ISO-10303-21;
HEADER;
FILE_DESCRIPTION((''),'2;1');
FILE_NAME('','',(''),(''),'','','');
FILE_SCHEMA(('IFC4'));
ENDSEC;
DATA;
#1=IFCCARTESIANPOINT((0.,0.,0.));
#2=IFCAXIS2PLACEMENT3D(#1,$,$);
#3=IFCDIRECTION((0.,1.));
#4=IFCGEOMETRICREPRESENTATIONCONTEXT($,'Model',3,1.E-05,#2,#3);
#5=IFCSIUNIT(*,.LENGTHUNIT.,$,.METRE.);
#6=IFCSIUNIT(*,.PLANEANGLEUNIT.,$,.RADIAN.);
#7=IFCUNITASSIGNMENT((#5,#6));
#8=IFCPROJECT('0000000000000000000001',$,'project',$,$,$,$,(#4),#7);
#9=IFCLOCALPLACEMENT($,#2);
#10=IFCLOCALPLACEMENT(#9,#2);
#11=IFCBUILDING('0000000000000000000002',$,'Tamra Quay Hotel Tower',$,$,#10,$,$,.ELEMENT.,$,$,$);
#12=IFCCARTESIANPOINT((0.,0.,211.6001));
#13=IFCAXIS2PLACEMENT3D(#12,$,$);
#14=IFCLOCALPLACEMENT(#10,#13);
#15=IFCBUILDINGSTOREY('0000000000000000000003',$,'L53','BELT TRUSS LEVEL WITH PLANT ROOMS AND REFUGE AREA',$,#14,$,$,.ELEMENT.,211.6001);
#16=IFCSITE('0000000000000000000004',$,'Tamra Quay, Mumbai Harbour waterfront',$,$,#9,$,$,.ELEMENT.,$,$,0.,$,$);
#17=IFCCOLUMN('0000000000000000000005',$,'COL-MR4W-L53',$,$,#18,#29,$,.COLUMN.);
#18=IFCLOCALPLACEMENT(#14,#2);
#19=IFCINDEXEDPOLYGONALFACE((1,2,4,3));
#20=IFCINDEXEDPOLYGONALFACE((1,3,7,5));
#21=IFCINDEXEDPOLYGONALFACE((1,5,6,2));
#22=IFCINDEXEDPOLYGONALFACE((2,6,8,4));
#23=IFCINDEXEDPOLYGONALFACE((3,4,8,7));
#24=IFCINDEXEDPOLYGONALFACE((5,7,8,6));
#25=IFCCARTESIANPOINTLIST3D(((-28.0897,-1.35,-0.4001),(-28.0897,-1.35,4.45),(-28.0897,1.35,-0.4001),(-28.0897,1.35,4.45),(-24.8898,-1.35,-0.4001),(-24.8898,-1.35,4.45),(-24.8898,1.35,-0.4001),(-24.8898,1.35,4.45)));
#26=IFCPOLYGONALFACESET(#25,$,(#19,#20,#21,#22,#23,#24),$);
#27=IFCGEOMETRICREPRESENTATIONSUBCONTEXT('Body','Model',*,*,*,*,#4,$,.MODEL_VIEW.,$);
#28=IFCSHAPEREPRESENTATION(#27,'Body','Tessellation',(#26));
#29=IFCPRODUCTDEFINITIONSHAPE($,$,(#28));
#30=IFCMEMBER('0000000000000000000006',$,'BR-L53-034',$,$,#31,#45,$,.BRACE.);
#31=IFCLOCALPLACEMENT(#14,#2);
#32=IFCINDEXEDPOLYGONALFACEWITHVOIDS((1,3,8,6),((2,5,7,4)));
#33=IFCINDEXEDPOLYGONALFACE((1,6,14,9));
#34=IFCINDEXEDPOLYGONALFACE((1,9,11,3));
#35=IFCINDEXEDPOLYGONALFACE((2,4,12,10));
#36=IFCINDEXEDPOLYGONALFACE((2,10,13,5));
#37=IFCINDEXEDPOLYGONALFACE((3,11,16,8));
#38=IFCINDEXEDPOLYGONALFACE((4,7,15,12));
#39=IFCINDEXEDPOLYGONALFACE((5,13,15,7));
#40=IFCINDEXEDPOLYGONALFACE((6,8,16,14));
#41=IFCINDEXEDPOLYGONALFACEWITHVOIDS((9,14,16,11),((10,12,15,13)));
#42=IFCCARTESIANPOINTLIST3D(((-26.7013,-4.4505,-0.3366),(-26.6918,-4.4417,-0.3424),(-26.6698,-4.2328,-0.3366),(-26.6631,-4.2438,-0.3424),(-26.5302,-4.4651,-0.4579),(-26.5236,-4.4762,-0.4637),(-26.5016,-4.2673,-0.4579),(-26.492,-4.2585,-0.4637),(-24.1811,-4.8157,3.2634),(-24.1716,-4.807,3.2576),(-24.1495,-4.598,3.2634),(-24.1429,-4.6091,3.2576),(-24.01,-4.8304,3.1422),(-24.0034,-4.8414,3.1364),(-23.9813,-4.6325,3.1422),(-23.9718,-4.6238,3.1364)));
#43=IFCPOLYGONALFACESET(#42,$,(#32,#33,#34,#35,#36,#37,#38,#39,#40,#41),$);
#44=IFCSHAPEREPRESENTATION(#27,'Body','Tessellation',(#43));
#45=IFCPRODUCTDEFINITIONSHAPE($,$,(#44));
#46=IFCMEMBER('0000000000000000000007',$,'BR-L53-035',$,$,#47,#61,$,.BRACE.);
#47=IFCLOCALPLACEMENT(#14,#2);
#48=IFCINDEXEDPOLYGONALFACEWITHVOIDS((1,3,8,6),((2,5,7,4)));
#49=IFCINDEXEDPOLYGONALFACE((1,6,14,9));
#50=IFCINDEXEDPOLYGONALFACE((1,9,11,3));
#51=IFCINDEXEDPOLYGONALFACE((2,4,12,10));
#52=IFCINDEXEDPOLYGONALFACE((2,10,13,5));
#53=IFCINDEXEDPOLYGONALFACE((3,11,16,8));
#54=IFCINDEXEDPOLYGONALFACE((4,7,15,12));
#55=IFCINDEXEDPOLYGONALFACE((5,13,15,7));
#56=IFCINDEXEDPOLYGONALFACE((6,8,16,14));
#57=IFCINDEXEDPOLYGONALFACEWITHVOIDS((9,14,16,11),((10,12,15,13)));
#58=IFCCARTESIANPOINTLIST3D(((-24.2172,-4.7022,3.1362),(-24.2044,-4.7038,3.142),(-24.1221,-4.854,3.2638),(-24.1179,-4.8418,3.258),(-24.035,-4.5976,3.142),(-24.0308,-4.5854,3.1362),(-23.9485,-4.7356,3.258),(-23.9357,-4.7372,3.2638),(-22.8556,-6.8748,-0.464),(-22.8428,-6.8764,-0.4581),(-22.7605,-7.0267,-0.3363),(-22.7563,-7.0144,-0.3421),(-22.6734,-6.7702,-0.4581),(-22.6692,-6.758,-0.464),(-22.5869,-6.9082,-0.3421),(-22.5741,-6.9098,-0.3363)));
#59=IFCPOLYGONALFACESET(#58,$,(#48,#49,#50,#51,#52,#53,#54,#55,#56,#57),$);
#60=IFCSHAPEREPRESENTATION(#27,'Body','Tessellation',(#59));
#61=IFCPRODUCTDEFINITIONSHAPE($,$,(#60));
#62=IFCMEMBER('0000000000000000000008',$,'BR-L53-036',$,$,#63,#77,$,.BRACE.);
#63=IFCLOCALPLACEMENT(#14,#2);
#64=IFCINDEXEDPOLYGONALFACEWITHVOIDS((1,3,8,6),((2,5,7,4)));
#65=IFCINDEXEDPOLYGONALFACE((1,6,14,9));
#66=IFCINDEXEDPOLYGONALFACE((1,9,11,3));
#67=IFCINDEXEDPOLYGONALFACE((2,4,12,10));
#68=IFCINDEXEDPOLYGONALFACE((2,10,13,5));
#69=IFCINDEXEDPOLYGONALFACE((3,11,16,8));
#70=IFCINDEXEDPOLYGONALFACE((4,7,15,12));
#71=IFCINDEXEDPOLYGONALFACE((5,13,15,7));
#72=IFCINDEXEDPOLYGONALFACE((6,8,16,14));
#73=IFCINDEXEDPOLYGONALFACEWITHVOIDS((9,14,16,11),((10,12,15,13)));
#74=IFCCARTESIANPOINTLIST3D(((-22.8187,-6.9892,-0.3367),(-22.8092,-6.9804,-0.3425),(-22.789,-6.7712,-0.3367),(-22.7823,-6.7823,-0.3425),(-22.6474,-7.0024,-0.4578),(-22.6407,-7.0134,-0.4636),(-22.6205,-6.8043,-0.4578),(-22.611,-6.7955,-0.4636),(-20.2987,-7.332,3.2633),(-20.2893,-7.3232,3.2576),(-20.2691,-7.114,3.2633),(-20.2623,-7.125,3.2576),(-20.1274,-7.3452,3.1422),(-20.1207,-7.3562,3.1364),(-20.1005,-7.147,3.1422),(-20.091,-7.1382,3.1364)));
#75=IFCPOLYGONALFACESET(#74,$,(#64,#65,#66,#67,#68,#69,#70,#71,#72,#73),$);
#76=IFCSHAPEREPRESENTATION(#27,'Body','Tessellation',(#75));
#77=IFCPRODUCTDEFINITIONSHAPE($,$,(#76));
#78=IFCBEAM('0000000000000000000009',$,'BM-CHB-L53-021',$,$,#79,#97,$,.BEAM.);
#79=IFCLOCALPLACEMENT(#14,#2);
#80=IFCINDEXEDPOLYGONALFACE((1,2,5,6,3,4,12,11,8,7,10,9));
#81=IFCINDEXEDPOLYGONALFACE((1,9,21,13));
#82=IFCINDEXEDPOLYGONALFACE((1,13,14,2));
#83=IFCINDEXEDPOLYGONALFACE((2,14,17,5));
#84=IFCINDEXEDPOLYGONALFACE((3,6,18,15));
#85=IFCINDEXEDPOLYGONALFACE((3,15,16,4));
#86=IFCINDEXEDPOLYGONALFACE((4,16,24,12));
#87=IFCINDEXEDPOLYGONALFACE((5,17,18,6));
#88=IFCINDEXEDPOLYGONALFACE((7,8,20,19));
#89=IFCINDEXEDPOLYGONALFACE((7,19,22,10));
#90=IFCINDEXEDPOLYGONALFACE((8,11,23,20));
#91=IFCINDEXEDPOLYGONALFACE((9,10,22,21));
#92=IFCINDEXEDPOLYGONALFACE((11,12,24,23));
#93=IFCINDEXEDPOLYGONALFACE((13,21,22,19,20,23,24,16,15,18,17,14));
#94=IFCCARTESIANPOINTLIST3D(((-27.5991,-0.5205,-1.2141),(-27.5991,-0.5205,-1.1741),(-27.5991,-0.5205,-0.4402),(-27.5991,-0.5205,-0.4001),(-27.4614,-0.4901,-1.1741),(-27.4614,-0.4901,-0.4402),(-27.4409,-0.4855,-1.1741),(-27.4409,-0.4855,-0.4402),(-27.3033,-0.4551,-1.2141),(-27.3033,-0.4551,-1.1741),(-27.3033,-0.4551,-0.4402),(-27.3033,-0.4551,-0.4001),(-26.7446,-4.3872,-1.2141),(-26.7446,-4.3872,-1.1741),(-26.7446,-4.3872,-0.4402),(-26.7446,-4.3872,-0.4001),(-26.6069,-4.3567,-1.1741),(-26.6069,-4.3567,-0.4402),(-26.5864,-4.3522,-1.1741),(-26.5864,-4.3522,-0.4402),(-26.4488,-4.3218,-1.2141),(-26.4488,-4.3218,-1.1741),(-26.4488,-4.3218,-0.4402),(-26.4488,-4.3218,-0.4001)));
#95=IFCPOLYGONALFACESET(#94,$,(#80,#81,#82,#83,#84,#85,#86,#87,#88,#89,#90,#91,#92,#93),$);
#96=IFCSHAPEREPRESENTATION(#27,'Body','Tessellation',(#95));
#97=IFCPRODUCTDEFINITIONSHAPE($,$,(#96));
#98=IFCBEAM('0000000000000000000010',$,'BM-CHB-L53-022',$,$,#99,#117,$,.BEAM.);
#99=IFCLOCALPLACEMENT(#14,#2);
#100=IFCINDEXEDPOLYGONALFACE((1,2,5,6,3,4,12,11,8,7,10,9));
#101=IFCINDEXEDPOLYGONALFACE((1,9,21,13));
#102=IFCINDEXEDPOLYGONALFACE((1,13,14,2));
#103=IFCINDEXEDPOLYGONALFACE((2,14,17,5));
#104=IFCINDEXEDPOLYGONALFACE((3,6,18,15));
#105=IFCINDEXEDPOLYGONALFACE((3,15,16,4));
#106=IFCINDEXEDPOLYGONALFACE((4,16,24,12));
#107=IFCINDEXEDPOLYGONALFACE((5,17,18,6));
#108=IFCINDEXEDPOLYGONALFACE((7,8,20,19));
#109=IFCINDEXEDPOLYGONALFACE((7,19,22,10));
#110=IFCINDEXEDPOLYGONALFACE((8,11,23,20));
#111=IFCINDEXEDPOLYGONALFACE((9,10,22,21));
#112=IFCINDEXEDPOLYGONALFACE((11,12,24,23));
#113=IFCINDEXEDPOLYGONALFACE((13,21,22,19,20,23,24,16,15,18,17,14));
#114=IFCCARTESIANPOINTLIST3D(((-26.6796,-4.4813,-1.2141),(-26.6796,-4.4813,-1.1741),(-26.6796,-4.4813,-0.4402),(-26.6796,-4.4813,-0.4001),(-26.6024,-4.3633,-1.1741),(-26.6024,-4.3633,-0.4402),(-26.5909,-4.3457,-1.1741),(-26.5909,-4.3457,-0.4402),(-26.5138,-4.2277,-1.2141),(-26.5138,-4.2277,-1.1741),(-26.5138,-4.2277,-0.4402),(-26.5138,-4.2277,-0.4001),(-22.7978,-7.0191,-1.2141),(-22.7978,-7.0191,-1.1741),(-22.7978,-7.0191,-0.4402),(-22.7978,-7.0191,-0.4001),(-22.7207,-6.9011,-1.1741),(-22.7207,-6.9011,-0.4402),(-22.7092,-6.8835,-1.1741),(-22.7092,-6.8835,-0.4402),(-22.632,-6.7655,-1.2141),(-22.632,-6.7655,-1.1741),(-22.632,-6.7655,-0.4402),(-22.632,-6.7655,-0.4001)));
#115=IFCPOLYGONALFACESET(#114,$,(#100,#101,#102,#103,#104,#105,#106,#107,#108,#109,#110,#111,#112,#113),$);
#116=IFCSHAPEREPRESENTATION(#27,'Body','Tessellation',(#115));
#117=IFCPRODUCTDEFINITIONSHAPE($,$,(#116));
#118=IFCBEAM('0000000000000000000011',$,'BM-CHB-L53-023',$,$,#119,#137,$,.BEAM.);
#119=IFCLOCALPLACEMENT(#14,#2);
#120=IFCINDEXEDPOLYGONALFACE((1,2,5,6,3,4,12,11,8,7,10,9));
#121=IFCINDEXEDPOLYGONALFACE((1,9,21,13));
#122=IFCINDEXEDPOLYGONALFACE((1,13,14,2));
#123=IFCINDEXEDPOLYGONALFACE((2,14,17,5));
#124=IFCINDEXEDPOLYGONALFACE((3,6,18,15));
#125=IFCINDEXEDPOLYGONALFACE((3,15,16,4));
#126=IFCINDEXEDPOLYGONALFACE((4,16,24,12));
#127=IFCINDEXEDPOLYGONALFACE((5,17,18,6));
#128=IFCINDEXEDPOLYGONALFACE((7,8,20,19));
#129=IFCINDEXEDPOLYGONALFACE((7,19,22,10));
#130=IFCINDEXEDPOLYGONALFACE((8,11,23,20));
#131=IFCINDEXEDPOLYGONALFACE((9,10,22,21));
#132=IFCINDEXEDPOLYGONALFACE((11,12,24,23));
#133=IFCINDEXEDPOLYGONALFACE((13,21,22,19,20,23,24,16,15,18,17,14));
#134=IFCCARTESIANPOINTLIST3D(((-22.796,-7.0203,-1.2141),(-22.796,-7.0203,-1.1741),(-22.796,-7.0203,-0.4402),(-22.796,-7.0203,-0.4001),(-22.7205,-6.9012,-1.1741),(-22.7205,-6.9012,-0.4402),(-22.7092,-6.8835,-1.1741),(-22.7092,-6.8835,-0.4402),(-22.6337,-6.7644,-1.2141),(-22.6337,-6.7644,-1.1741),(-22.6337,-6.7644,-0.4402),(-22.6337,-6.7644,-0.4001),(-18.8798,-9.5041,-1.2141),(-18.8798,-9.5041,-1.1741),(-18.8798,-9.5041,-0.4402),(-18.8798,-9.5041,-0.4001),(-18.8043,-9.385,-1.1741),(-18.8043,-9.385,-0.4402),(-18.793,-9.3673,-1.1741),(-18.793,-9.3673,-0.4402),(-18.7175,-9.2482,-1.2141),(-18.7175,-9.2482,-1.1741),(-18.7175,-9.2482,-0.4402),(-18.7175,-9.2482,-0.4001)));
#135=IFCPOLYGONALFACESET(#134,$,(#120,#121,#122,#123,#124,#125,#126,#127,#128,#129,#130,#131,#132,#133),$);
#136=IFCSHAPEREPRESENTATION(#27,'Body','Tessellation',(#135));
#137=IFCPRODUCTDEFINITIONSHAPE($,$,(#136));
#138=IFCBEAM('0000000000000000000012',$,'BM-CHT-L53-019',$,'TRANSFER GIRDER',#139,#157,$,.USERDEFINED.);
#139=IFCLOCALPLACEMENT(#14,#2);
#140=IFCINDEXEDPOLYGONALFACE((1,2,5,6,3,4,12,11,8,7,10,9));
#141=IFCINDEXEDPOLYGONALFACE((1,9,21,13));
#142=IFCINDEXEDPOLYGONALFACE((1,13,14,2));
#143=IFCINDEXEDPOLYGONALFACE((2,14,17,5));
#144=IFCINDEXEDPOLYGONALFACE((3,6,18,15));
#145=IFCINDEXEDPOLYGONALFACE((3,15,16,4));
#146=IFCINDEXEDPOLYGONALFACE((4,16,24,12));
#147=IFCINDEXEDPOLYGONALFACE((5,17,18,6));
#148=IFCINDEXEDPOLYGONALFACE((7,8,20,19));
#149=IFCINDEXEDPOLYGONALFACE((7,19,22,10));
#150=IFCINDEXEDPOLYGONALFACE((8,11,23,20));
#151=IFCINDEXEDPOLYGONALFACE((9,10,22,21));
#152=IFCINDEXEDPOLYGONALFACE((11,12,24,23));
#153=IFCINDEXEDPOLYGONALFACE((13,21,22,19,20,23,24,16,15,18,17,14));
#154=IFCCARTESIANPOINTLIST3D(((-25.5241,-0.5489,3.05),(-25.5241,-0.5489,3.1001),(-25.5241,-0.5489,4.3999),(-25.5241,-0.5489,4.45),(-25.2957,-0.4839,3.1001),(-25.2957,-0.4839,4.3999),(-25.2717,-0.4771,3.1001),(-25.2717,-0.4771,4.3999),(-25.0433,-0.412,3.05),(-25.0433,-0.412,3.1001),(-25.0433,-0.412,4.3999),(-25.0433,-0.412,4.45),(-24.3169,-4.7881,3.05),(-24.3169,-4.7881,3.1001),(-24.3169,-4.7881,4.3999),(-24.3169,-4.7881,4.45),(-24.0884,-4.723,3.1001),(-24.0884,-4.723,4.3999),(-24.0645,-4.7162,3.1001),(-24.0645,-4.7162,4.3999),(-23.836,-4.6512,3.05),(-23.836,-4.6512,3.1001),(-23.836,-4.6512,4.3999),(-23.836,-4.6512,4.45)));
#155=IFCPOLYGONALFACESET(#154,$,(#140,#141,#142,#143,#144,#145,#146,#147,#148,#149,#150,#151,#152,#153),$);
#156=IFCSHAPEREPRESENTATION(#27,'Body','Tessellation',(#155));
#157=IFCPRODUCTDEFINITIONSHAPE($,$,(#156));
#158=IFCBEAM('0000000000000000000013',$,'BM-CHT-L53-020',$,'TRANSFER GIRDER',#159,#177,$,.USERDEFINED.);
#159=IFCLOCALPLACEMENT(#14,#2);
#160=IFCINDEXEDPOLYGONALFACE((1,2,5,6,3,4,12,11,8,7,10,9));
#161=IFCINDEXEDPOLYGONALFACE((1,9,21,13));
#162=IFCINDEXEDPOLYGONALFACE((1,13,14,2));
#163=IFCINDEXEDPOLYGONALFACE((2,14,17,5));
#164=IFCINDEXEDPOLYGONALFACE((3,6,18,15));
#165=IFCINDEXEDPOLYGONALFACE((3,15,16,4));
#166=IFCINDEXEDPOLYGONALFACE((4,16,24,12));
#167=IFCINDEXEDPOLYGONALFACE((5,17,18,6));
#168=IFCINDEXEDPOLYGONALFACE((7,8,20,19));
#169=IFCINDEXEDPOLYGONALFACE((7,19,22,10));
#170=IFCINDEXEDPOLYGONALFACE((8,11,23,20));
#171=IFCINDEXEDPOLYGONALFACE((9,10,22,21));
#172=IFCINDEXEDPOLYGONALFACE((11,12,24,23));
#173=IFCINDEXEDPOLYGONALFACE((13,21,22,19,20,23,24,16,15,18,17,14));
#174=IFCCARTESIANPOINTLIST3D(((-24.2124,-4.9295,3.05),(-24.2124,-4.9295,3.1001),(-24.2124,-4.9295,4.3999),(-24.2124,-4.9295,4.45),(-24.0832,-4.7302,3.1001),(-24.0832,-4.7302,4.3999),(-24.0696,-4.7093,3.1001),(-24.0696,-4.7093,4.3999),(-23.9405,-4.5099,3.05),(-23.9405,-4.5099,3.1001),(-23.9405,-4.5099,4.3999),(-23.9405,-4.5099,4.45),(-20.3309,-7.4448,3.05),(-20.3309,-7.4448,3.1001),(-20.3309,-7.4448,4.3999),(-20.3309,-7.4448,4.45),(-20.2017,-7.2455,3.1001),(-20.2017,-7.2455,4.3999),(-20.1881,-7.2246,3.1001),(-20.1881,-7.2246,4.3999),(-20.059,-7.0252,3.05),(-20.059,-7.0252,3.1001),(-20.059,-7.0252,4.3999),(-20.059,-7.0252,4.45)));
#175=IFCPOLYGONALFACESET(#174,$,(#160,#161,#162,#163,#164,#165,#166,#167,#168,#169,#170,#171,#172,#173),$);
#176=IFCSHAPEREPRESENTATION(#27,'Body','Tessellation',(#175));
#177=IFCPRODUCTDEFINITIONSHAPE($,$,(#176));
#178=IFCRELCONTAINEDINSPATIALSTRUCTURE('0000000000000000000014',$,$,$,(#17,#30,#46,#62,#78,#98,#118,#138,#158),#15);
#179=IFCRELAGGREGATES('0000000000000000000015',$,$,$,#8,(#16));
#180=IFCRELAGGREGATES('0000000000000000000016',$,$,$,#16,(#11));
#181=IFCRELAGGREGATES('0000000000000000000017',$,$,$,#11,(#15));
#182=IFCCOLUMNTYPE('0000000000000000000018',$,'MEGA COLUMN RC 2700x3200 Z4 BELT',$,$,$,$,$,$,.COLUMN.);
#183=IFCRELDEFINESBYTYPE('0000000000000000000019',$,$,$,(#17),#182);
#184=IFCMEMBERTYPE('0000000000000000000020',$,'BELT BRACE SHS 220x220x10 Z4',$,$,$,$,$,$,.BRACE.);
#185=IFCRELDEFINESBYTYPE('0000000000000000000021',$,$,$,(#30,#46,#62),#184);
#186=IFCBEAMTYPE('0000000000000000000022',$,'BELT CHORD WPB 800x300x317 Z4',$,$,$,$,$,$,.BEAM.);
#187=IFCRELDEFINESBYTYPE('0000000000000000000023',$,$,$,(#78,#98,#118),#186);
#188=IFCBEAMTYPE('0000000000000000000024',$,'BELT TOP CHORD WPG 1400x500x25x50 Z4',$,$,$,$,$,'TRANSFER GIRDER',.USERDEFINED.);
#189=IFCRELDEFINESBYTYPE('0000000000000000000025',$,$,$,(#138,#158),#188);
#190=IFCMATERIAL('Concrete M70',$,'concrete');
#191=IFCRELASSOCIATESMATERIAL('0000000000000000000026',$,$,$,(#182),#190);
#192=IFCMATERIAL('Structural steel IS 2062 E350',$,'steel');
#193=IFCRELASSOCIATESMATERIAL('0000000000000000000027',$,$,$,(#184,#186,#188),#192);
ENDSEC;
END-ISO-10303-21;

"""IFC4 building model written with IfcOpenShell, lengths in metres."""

from ifc_helpers import new_model, si_unit, direction, frame, origin, origin_2d, place, context, subcontext, project, spatial, rectangle, hollow_rectangle, i_section, extrude, material, material_profile, profile_set, type_object, element, save


model = new_model("IFC4")

# Units and contexts
model_context = context("Model", 3, precision=1e-05, world=origin(), true_north=direction((0.0, 1.0)))
body_context = subcontext(model_context, "Body", "Model", "MODEL_VIEW")
ifc_project = project(units=[si_unit("LENGTHUNIT", "METRE"), si_unit("PLANEANGLEUNIT", "RADIAN")], contexts=[model_context])

# Site, building, storey
site_placement = place(None, origin())
site = spatial("IfcSite", under=ifc_project, at=site_placement, Name="Tamra Quay, Mumbai Harbour waterfront", CompositionType="ELEMENT", RefElevation=0.0)
building_placement = place(site_placement, origin())
building = spatial("IfcBuilding", under=site, at=building_placement, Name="Tamra Quay Hotel Tower", CompositionType="ELEMENT")
storey_placement = place(building_placement, frame((0.0, 0.0, 211.6001)))
storey = spatial("IfcBuildingStorey", under=building, at=storey_placement, Name="L53", Description="BELT TRUSS LEVEL WITH PLANT ROOMS AND REFUGE AREA", CompositionType="ELEMENT", Elevation=211.6001)

# Column
ifc_material_1 = material(Name="Concrete M70", Category="concrete")
ifc_material_profile_1 = material_profile(ifc_material_1, rectangle(XDim=3.2, YDim=2.7, at=origin_2d()), Name="MEGA COLUMN RC 2700x3200 Z4 BELT")
ifc_profile_set_1 = profile_set([ifc_material_profile_1], Name="Concrete M70")
column_type = type_object("IfcColumnType", Name="MEGA COLUMN RC 2700x3200 Z4 BELT", PredefinedType="COLUMN", material=ifc_profile_set_1)
column_placement = place(storey_placement, frame((-26.4897, 0.0, -0.4001), z_axis=(0.0, 0.0, 1.0), x_axis=(1.0, 0.0, 0.0)))
element("IfcColumn", 1, at=column_placement, inside=storey, type_object=column_type, Name="COL-MR4W-L53", PredefinedType="COLUMN", context=body_context, shape_type="SweptSolid", body=[
    extrude(rectangle(XDim=3.2, YDim=2.7, at=origin_2d()), origin(), (0.0, 0.0, 1.0), 4.8501),
])

# Members
ifc_material_2 = material(Name="Structural steel IS 2062 E350", Category="steel")
ifc_material_profile_2 = material_profile(ifc_material_2, hollow_rectangle(XDim=0.22, YDim=0.22, WallThickness=0.01, at=origin_2d()), Name="SHS 220x220x10")
ifc_profile_set_2 = profile_set([ifc_material_profile_2], Name="Structural steel IS 2062 E350")
member_type = type_object("IfcMemberType", Name="BELT BRACE SHS 220x220x10 Z4", PredefinedType="BRACE", material=ifc_profile_set_2)
member_1_placement = place(storey_placement, frame((-26.5967, -4.3545, -0.4001), z_axis=(0.571522, -0.082824, 0.816396), x_axis=(0.143421, 0.989662, 0.0)))
element("IfcMember", 2, at=member_1_placement, inside=storey, type_object=member_type, Name="BR-L53-034", PredefinedType="BRACE", context=body_context, shape_type="SweptSolid", body=[
    extrude(hollow_rectangle(XDim=0.22, YDim=0.22, WallThickness=0.01, at=origin_2d()), origin(), (0.0, 0.0, 1.0), 4.4097),
])
member_2_placement = place(storey_placement, frame((-22.7148, -6.8923, -0.4001), z_axis=(-0.308061, 0.49156, 0.814535), x_axis=(-0.84735, -0.531034, 0.0)))
element("IfcMember", 3, at=member_2_placement, inside=storey, type_object=member_type, Name="BR-L53-035", PredefinedType="BRACE", context=body_context, shape_type="SweptSolid", body=[
    extrude(hollow_rectangle(XDim=0.22, YDim=0.22, WallThickness=0.01, at=origin_2d()), origin(), (0.0, 0.0, 1.0), 4.4199),
])
member_3_placement = place(storey_placement, frame((-22.7148, -6.8923, -0.4001), z_axis=(0.571718, -0.077765, 0.816756), x_axis=(0.134779, 0.990876, 0.0)))
element("IfcMember", 4, at=member_3_placement, inside=storey, type_object=member_type, Name="BR-L53-036", PredefinedType="BRACE", context=body_context, shape_type="SweptSolid", body=[
    extrude(hollow_rectangle(XDim=0.22, YDim=0.22, WallThickness=0.01, at=origin_2d()), origin(), (0.0, 0.0, 1.0), 4.4077),
])

# Beams
ifc_material_profile_3 = material_profile(ifc_material_2, i_section(OverallWidth=0.303, OverallDepth=0.814, WebThickness=0.021, FlangeThickness=0.04, at=origin_2d()), Name="WPB 800x300x317")
ifc_profile_set_3 = profile_set([ifc_material_profile_3], Name="Structural steel IS 2062 E350")
beam_type_1 = type_object("IfcBeamType", Name="BELT CHORD WPB 800x300x317 Z4", PredefinedType="BEAM", material=ifc_profile_set_3)
beam_1_placement = place(storey_placement, frame((-27.4512, -0.4878, -0.8071), z_axis=(0.215781, -0.976442, 0.0), x_axis=(0.976442, 0.215781, 0.0)))
element("IfcBeam", 5, at=beam_1_placement, inside=storey, type_object=beam_type_1, Name="BM-CHB-L53-021", PredefinedType="BEAM", context=body_context, shape_type="SweptSolid", body=[
    extrude(i_section(OverallWidth=0.303, OverallDepth=0.814, WebThickness=0.021, FlangeThickness=0.04, at=origin_2d()), origin(), (0.0, 0.0, 1.0), 3.96),
])
beam_2_placement = place(storey_placement, frame((-26.5967, -4.3545, -0.8071), z_axis=(0.836997, -0.547207, 0.0), x_axis=(0.547207, 0.836997, 0.0)))
element("IfcBeam", 6, at=beam_2_placement, inside=storey, type_object=beam_type_1, Name="BM-CHB-L53-022", PredefinedType="BEAM", context=body_context, shape_type="SweptSolid", body=[
    extrude(i_section(OverallWidth=0.303, OverallDepth=0.814, WebThickness=0.021, FlangeThickness=0.04, at=origin_2d()), origin(), (0.0, 0.0, 1.0), 4.6377),
])
beam_3_placement = place(storey_placement, frame((-22.7148, -6.8923, -0.8071), z_axis=(0.844469, -0.535604, 0.0), x_axis=(0.535604, 0.844469, 0.0)))
element("IfcBeam", 7, at=beam_3_placement, inside=storey, type_object=beam_type_1, Name="BM-CHB-L53-023", PredefinedType="BEAM", context=body_context, shape_type="SweptSolid", body=[
    extrude(i_section(OverallWidth=0.303, OverallDepth=0.814, WebThickness=0.021, FlangeThickness=0.04, at=origin_2d()), origin(), (0.0, 0.0, 1.0), 4.6375),
])
ifc_material_profile_4 = material_profile(ifc_material_2, i_section(OverallWidth=0.5, OverallDepth=1.3999, WebThickness=0.0249, FlangeThickness=0.05, at=origin_2d()), Name="WPG 1400x500x25x50")
ifc_profile_set_4 = profile_set([ifc_material_profile_4], Name="Structural steel IS 2062 E350")
beam_type_2 = type_object("IfcBeamType", Name="BELT TOP CHORD WPG 1400x500x25x50 Z4", ElementType="TRANSFER GIRDER", PredefinedType="USERDEFINED", material=ifc_profile_set_4)
beam_4_placement = place(storey_placement, frame((-25.2837, -0.4805, 3.75), z_axis=(0.273894, -0.96176, 0.0), x_axis=(0.96176, 0.273894, 0.0)))
element("IfcBeam", 8, at=beam_4_placement, inside=storey, type_object=beam_type_2, Name="BM-CHT-L53-019", ObjectType="TRANSFER GIRDER", PredefinedType="USERDEFINED", context=body_context, shape_type="SweptSolid", body=[
    extrude(i_section(OverallWidth=0.5, OverallDepth=1.3999, WebThickness=0.0249, FlangeThickness=0.05, at=origin_2d()), origin(), (0.0, 0.0, 1.0), 4.4077),
])
beam_5_placement = place(storey_placement, frame((-24.0764, -4.7197, 3.75), z_axis=(0.839199, -0.543825, 0.0), x_axis=(0.543825, 0.839199, 0.0)))
element("IfcBeam", 9, at=beam_5_placement, inside=storey, type_object=beam_type_2, Name="BM-CHT-L53-020", ObjectType="TRANSFER GIRDER", PredefinedType="USERDEFINED", context=body_context, shape_type="SweptSolid", body=[
    extrude(i_section(OverallWidth=0.5, OverallDepth=1.3999, WebThickness=0.0249, FlangeThickness=0.05, at=origin_2d()), origin(), (0.0, 0.0, 1.0), 4.6252),
])

save(model, "model.ifc")
